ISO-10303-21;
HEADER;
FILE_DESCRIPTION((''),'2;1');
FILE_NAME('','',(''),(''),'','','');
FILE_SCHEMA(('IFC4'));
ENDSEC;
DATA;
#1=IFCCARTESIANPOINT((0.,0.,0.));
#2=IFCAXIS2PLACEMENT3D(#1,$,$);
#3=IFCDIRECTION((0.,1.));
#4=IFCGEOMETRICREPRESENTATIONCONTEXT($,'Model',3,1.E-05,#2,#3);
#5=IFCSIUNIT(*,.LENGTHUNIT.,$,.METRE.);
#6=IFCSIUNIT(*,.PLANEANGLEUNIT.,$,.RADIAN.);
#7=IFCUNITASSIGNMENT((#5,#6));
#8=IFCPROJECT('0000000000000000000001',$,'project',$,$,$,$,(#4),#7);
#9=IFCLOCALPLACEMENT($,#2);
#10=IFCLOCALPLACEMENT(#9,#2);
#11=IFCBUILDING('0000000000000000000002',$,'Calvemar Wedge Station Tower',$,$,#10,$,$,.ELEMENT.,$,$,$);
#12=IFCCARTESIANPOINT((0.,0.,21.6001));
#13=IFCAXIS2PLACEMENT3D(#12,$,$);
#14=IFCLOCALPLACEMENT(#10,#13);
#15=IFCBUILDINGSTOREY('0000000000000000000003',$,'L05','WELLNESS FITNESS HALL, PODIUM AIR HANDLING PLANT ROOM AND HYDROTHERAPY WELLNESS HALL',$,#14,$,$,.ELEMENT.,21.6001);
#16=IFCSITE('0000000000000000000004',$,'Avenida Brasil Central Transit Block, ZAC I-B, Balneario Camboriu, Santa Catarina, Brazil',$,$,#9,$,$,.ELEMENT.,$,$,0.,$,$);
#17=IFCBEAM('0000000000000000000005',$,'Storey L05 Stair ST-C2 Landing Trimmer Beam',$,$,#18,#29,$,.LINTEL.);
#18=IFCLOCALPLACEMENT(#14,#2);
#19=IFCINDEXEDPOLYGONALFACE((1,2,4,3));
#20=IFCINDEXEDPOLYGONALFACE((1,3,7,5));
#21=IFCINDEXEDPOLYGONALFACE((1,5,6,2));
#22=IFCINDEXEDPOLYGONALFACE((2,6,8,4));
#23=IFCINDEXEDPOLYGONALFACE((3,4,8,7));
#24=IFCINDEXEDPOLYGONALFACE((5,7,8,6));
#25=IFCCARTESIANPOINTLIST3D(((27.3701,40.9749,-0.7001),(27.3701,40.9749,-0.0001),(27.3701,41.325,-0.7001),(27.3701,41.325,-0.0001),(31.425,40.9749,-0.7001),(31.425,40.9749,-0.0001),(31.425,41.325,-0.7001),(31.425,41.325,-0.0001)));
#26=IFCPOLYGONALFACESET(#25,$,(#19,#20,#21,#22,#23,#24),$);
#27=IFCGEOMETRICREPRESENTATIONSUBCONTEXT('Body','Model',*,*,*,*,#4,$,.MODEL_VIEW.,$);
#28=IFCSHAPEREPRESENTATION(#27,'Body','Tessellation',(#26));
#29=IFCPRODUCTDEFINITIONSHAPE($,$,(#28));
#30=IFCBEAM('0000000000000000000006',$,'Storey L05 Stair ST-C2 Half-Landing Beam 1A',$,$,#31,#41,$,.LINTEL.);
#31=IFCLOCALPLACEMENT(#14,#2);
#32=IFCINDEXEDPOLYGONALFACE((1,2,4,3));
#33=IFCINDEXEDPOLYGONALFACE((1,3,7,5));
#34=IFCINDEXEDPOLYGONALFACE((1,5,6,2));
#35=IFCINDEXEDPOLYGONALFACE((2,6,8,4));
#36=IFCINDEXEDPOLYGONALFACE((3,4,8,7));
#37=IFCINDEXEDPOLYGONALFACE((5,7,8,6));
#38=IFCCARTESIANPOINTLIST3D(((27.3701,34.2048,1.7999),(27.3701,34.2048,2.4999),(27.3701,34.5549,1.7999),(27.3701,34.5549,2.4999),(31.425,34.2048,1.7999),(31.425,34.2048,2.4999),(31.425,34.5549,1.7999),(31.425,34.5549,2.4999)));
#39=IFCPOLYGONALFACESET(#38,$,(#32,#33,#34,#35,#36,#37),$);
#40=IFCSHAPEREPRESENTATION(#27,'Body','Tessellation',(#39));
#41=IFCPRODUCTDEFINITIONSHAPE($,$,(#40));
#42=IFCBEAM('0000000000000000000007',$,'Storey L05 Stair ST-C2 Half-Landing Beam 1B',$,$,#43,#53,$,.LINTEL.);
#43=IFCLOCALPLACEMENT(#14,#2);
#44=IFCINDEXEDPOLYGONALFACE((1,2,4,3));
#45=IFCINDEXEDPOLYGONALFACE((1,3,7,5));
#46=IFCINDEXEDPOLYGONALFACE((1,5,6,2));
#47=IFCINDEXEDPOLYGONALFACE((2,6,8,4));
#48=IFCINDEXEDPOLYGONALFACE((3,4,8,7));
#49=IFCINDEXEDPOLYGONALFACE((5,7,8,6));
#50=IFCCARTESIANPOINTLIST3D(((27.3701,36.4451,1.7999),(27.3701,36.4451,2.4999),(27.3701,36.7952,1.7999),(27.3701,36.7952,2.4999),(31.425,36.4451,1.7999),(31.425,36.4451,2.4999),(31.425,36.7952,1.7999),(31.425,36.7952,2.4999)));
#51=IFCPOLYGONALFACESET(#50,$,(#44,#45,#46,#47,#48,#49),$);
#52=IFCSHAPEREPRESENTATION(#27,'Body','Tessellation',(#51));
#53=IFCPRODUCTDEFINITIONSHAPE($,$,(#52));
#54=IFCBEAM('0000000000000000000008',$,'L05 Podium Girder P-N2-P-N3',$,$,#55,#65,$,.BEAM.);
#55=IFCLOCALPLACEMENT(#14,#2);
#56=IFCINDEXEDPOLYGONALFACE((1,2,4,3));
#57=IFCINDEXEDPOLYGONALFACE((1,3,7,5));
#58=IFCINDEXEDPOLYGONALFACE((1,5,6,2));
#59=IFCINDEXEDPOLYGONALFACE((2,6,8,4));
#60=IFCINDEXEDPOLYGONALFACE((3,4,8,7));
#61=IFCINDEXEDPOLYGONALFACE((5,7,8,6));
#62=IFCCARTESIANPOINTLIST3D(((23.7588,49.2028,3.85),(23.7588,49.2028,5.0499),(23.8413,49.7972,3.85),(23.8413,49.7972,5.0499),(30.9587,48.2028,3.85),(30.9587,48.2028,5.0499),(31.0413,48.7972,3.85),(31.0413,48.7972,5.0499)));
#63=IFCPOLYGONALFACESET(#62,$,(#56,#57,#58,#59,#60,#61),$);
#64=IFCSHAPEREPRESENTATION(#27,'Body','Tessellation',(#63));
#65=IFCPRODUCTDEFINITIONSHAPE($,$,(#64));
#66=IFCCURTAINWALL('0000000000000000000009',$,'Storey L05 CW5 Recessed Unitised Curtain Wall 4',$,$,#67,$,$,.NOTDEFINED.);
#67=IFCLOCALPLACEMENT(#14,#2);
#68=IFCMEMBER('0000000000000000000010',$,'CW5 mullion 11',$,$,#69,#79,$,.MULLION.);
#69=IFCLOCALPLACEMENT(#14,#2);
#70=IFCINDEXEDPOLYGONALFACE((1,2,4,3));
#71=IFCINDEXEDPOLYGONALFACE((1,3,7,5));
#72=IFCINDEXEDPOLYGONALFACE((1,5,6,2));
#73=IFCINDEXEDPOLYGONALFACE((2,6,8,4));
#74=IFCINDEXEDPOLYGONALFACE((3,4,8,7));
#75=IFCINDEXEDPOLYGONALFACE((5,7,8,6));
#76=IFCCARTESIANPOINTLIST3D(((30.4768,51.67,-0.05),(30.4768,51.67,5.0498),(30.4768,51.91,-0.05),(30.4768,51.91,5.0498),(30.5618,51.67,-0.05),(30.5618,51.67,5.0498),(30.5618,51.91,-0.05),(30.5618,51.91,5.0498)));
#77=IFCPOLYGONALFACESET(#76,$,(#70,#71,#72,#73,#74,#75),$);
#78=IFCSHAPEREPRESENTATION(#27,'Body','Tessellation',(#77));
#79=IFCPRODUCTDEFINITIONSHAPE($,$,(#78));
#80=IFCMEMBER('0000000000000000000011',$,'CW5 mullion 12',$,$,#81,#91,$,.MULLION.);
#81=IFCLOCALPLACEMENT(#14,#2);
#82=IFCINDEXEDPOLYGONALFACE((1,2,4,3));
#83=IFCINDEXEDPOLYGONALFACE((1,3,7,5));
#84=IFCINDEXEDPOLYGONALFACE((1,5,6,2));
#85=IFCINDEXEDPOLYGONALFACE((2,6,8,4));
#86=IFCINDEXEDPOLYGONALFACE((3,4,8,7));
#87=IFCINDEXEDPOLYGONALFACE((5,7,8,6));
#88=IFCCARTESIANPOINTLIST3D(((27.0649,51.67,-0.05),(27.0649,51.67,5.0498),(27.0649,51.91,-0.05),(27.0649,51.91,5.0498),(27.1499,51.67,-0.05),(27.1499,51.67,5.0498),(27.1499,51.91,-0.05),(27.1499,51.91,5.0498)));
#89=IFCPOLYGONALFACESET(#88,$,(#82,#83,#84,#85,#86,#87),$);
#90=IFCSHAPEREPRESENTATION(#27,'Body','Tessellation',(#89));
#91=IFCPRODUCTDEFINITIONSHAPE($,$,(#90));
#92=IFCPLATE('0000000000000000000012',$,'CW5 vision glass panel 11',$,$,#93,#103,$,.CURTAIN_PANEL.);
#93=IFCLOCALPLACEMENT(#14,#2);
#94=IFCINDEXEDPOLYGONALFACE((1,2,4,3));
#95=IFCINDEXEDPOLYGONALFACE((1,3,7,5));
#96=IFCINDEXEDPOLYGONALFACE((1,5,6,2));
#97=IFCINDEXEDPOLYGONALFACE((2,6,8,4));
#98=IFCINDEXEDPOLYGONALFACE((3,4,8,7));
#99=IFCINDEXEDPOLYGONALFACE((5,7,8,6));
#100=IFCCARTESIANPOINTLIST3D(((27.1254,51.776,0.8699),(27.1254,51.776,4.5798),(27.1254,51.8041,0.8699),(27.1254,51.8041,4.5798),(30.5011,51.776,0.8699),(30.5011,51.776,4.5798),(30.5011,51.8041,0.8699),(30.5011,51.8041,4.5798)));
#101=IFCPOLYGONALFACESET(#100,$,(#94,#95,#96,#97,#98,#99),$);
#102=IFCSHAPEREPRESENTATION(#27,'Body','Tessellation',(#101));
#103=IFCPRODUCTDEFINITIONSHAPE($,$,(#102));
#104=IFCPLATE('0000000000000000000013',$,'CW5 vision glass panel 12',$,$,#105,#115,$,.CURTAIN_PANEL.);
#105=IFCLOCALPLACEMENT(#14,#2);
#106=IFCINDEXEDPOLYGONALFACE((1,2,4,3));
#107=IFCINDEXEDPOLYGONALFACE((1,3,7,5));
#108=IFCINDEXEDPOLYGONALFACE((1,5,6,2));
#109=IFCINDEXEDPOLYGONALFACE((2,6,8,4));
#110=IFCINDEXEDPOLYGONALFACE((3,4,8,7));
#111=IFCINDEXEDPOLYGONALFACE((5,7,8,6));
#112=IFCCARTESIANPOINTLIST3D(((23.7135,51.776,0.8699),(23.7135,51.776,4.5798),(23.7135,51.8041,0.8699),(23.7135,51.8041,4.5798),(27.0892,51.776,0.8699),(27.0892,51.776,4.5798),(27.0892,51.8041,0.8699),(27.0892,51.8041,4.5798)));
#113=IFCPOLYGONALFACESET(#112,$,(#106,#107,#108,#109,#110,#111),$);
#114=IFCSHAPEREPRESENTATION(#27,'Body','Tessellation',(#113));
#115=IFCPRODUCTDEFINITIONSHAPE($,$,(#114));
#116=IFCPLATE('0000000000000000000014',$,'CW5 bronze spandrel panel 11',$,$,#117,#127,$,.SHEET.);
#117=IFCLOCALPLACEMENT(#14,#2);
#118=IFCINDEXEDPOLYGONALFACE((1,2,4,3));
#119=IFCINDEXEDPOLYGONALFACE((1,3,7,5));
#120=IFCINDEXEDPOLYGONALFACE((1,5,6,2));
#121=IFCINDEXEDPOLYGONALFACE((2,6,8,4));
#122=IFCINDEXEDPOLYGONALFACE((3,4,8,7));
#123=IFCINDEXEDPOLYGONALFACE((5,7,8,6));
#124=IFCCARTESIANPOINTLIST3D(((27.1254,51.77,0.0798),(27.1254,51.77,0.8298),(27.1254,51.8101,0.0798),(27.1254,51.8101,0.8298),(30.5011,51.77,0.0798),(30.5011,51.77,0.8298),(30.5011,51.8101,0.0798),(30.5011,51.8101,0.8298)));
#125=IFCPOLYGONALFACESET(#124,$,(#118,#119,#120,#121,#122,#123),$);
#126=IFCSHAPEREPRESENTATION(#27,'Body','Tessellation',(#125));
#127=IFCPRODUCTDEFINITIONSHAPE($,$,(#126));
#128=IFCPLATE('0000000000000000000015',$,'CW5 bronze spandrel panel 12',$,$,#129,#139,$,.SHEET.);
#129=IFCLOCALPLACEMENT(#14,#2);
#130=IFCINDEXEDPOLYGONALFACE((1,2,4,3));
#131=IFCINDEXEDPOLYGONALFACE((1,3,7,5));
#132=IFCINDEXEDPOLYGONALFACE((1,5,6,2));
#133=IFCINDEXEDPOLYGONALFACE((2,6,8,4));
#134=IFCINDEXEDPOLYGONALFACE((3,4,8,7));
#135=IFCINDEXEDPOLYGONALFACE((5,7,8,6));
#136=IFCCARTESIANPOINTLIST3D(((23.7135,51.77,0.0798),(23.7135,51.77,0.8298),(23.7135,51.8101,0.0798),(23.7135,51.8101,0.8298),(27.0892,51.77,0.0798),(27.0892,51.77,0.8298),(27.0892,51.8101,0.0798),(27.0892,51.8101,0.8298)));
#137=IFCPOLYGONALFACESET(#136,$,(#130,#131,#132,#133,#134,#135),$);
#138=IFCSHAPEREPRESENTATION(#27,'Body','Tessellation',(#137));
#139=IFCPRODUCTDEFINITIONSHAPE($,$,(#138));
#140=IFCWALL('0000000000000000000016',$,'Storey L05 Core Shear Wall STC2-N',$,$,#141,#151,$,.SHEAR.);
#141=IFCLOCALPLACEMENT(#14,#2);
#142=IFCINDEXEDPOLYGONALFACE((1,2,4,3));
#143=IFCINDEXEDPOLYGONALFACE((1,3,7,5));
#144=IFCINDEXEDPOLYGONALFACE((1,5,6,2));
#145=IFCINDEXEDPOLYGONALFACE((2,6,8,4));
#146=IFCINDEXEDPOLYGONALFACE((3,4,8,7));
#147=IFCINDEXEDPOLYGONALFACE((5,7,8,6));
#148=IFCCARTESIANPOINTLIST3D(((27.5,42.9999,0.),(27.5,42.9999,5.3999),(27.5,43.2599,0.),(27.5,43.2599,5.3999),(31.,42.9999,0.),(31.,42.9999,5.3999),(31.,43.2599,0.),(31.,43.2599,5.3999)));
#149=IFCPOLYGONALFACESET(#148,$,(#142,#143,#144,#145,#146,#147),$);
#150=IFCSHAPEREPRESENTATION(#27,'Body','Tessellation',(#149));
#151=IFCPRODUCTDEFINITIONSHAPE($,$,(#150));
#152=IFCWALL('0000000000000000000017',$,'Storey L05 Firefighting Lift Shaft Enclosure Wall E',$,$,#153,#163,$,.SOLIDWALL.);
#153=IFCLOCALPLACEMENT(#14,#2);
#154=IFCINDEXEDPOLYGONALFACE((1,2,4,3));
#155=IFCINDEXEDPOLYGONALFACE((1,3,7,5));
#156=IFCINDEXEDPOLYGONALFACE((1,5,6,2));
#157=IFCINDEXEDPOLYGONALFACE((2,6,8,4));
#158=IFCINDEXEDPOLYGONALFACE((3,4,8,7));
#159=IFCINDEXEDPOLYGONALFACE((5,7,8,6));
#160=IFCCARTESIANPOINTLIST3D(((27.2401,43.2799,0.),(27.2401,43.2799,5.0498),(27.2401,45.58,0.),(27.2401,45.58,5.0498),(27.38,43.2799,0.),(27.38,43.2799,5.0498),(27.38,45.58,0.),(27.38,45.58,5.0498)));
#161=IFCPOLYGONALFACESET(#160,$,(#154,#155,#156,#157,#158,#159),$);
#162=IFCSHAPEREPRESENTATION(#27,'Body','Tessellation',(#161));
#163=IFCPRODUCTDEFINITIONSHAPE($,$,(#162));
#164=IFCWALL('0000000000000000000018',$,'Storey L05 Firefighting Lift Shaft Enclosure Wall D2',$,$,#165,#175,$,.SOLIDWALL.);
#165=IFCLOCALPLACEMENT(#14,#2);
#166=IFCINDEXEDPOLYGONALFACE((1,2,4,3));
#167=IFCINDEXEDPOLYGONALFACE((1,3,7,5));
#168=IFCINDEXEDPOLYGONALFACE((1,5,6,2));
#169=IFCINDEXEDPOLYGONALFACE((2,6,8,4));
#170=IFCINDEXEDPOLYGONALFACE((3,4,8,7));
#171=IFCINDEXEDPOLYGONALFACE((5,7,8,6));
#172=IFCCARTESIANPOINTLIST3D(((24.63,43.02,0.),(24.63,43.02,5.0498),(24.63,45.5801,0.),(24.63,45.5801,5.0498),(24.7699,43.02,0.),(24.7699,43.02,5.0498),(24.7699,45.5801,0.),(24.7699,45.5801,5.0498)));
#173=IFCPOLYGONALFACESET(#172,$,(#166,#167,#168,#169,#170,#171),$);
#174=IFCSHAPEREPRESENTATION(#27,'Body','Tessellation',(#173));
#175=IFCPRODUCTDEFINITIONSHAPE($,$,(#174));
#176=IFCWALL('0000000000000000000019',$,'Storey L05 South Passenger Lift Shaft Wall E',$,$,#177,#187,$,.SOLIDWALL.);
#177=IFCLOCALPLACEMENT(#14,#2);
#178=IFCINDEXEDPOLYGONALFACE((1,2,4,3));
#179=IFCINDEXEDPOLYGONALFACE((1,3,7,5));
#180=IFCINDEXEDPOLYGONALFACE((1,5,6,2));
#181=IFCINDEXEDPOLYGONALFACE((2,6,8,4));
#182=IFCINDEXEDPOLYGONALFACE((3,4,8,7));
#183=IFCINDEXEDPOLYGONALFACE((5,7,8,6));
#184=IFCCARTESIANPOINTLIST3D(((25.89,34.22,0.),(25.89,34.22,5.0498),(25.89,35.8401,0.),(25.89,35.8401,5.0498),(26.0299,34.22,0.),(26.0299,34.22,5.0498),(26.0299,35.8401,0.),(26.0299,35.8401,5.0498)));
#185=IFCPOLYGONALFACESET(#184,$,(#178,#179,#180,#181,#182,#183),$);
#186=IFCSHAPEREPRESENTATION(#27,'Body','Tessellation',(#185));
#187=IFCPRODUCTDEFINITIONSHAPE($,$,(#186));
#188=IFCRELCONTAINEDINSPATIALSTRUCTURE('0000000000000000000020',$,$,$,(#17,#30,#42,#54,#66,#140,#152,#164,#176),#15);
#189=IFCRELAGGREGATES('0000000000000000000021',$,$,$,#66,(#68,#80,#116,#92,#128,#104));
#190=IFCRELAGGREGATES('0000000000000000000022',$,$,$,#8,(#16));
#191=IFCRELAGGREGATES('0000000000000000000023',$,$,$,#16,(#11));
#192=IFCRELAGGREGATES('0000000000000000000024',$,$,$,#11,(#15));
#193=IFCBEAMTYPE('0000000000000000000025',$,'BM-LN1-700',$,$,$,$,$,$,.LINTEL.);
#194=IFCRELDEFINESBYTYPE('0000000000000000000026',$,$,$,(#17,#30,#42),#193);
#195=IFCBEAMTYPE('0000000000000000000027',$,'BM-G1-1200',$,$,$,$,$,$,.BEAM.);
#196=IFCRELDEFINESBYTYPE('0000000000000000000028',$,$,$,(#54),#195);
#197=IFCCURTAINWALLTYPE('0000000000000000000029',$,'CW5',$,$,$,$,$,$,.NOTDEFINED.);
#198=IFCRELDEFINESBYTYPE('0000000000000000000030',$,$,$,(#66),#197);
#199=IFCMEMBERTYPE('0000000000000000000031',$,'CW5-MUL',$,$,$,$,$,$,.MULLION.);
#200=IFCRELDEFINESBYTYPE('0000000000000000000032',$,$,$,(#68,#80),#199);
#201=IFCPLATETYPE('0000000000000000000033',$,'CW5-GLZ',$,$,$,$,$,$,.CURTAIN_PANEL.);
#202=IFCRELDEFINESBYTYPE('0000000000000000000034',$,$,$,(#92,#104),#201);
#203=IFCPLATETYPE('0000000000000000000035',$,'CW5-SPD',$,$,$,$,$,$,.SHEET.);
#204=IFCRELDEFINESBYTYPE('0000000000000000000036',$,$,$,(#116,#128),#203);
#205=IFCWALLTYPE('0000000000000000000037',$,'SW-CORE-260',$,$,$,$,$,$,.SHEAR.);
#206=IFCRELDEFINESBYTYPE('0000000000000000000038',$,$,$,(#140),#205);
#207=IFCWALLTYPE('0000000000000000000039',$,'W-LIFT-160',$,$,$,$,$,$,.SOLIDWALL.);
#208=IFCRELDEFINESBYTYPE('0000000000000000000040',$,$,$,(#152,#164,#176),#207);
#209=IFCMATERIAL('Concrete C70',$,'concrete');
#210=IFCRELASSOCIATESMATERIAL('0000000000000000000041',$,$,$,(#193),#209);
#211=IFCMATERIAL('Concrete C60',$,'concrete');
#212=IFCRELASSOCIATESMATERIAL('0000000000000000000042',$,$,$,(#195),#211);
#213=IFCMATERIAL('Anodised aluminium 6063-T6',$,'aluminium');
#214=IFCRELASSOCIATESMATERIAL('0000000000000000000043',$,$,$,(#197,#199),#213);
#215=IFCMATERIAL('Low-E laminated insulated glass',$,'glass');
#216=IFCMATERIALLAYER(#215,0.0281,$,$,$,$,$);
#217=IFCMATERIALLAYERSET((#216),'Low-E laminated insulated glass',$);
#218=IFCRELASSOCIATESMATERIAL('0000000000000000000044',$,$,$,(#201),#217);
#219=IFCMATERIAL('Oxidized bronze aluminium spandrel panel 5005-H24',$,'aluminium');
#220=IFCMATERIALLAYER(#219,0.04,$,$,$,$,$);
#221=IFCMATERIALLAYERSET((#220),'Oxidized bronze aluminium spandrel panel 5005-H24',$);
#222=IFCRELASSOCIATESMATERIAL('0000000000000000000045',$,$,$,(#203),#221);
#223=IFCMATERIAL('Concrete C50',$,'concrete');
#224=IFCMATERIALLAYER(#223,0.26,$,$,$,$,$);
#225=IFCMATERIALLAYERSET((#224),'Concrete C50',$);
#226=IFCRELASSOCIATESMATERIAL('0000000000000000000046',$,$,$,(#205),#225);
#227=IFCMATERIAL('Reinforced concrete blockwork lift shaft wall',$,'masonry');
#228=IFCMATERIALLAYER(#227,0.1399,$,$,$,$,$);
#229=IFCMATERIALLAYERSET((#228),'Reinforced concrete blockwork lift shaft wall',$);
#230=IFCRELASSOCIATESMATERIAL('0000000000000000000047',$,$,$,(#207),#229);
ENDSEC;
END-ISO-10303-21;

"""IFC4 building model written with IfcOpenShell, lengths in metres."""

from ifc_helpers import new_model, si_unit, direction, frame, frame_2d, origin, origin_2d, place, context, subcontext, project, spatial, rectangle, extrude, source, transform, mapped, material, layer, layer_set, material_profile, profile_set, type_object, element, aggregate, save


model = new_model("IFC4")

# Units and contexts
model_context = context("Model", 3, precision=1e-05, world=origin(), true_north=direction((0.0, 1.0)))
body_context = subcontext(model_context, "Body", "Model", "MODEL_VIEW")
ifc_project = project(units=[si_unit("LENGTHUNIT", "METRE"), si_unit("PLANEANGLEUNIT", "RADIAN")], contexts=[model_context])

# Site, building, storey
site_placement = place(None, origin())
site = spatial("IfcSite", under=ifc_project, at=site_placement, Name="Avenida Brasil Central Transit Block, ZAC I-B, Balneario Camboriu, Santa Catarina, Brazil", CompositionType="ELEMENT", RefElevation=0.0)
building_placement = place(site_placement, origin())
building = spatial("IfcBuilding", under=site, at=building_placement, Name="Calvemar Wedge Station Tower", CompositionType="ELEMENT")
storey_placement = place(building_placement, frame((0.0, 0.0, 21.6001)))
storey = spatial("IfcBuildingStorey", under=building, at=storey_placement, Name="L05", Description="WELLNESS FITNESS HALL, PODIUM AIR HANDLING PLANT ROOM AND HYDROTHERAPY WELLNESS HALL", CompositionType="ELEMENT", Elevation=21.6001)

# Beams
ifc_material_1 = material(Name="Concrete C70", Category="concrete")
ifc_material_profile_1 = material_profile(ifc_material_1, rectangle(XDim=0.3501, YDim=0.7, at=origin_2d()), Name="RC350x700")
ifc_profile_set_1 = profile_set([ifc_material_profile_1], Name="Concrete C70")
beam_type_1 = type_object("IfcBeamType", Name="BM-LN1-700", PredefinedType="LINTEL", material=ifc_profile_set_1)
shared_shape_1 = source(origin(), body_context, "Body", "SweptSolid", [
    extrude(rectangle(XDim=0.3501, YDim=0.7, at=origin_2d()), origin(), (0.0, 0.0, 1.0), 4.0549),
])
for number, where, z_axis, x_axis, name in (
    (1, (27.3701, 41.1499, -0.3501), (1.0, 0.0, 0.0), (0.0, 1.0, 0.0), "Storey L05 Stair ST-C2 Landing Trimmer Beam"),
    (2, (27.3701, 34.3799, 2.1499), (1.0, 0.0, 0.0), (0.0, 1.0, 0.0), "Storey L05 Stair ST-C2 Half-Landing Beam 1A"),
    (3, (27.3701, 36.6201, 2.1499), (1.0, 0.0, 0.0), (0.0, 1.0, 0.0), "Storey L05 Stair ST-C2 Half-Landing Beam 1B"),
):
    element("IfcBeam", number, at=place(storey_placement, frame(where, z_axis=z_axis, x_axis=x_axis)), inside=storey, type_object=beam_type_1, Name=name, PredefinedType="LINTEL", context=body_context, shape_type="MappedRepresentation", body=[
        mapped(shared_shape_1, transform((0.0, 0.0, 0.0), scale=1.0)),
    ])
ifc_material_2 = material(Name="Concrete C60", Category="concrete")
ifc_material_profile_2 = material_profile(ifc_material_2, rectangle(XDim=0.6001, YDim=1.2, at=origin_2d()), Name="RC600x1200")
ifc_profile_set_2 = profile_set([ifc_material_profile_2], Name="Concrete C60")
beam_type_2 = type_object("IfcBeamType", Name="BM-G1-1200", PredefinedType="BEAM", material=ifc_profile_set_2)
shared_shape_2 = source(origin(), body_context, "Body", "SweptSolid", [
    extrude(rectangle(XDim=0.6001, YDim=1.2, at=origin_2d()), origin(), (0.0, 0.0, 1.0), 7.269),
])
beam_placement = place(storey_placement, frame((23.8, 49.5, 4.45), z_axis=(0.990492, -0.137569, 0.0), x_axis=(0.137569, 0.990492, 0.0)))
element("IfcBeam", 4, at=beam_placement, inside=storey, type_object=beam_type_2, Name="L05 Podium Girder P-N2-P-N3", PredefinedType="BEAM", context=body_context, shape_type="MappedRepresentation", body=[
    mapped(shared_shape_2, transform((0.0, 0.0, 0.0), scale=1.0)),
])

# Curtain wall, members, plates
ifc_material_3 = material(Name="Anodised aluminium 6063-T6", Category="aluminium")
curtain_wall_type = type_object("IfcCurtainWallType", Name="CW5", PredefinedType="NOTDEFINED", material=ifc_material_3)
curtain_wall_placement = place(storey_placement, origin())
curtain_wall = element("IfcCurtainWall", 5, at=curtain_wall_placement, inside=storey, type_object=curtain_wall_type, Name="Storey L05 CW5 Recessed Unitised Curtain Wall 4", PredefinedType="NOTDEFINED")
ifc_material_profile_3 = material_profile(ifc_material_3, rectangle(XDim=0.085, YDim=0.24, at=origin_2d()), Name="AL-MUL-85x240")
ifc_profile_set_3 = profile_set([ifc_material_profile_3], Name="Anodised aluminium 6063-T6")
member_type = type_object("IfcMemberType", Name="CW5-MUL", PredefinedType="MULLION", material=ifc_profile_set_3)
shared_shape_3 = source(origin(), body_context, "Body", "SweptSolid", [
    extrude(rectangle(XDim=0.085, YDim=0.24, at=origin_2d()), origin(), (0.0, 0.0, 1.0), 5.0999),
])
member_1_placement = place(storey_placement, frame((30.5193, 51.79, -0.05), z_axis=(0.0, 0.0, 1.0), x_axis=(1.0, 0.0, 0.0)))
member_1 = element("IfcMember", 6, at=member_1_placement, type_object=member_type, Name="CW5 mullion 11", PredefinedType="MULLION", context=body_context, shape_type="MappedRepresentation", body=[
    mapped(shared_shape_3, transform((0.0, 0.0, 0.0), scale=1.0)),
])
member_2_placement = place(storey_placement, frame((27.1074, 51.79, -0.05), z_axis=(0.0, 0.0, 1.0), x_axis=(1.0, 0.0, 0.0)))
member_2 = element("IfcMember", 7, at=member_2_placement, type_object=member_type, Name="CW5 mullion 12", PredefinedType="MULLION", context=body_context, shape_type="MappedRepresentation", body=[
    mapped(shared_shape_3, transform((0.0, 0.0, 0.0), scale=1.0)),
])
ifc_material_4 = material(Name="Low-E laminated insulated glass", Category="glass")
ifc_layer_1 = layer(ifc_material_4, 0.0281)
ifc_layer_set_1 = layer_set([ifc_layer_1], Name="Low-E laminated insulated glass")
plate_type_1 = type_object("IfcPlateType", Name="CW5-GLZ", PredefinedType="CURTAIN_PANEL", material=ifc_layer_set_1)
plate_1_placement = place(storey_placement, frame((30.5012, 51.79, 0.8699), z_axis=(0.0, 0.0, 1.0), x_axis=(-1.0, 0.0, 0.0)))
plate_1 = element("IfcPlate", 8, at=plate_1_placement, type_object=plate_type_1, Name="CW5 vision glass panel 11", PredefinedType="CURTAIN_PANEL", context=body_context, shape_type="SweptSolid", body=[
    extrude(rectangle(XDim=3.3757, YDim=0.0281, at=frame_2d((1.688, 0.0))), origin(), (0.0, 0.0, 1.0), 3.71),
])
plate_2_placement = place(storey_placement, frame((27.0894, 51.79, 0.8699), z_axis=(0.0, 0.0, 1.0), x_axis=(-1.0, 0.0, 0.0)))
plate_2 = element("IfcPlate", 9, at=plate_2_placement, type_object=plate_type_1, Name="CW5 vision glass panel 12", PredefinedType="CURTAIN_PANEL", context=body_context, shape_type="SweptSolid", body=[
    extrude(rectangle(XDim=3.3757, YDim=0.0281, at=frame_2d((1.688, 0.0))), origin(), (0.0, 0.0, 1.0), 3.71),
])
ifc_material_5 = material(Name="Oxidized bronze aluminium spandrel panel 5005-H24", Category="aluminium")
ifc_layer_2 = layer(ifc_material_5, 0.04)
ifc_layer_set_2 = layer_set([ifc_layer_2], Name="Oxidized bronze aluminium spandrel panel 5005-H24")
plate_type_2 = type_object("IfcPlateType", Name="CW5-SPD", PredefinedType="SHEET", material=ifc_layer_set_2)
plate_3_placement = place(storey_placement, frame((30.5012, 51.79, 0.0798), z_axis=(0.0, 0.0, 1.0), x_axis=(-1.0, 0.0, 0.0)))
plate_3 = element("IfcPlate", 10, at=plate_3_placement, type_object=plate_type_2, Name="CW5 bronze spandrel panel 11", PredefinedType="SHEET", context=body_context, shape_type="SweptSolid", body=[
    extrude(rectangle(XDim=3.3757, YDim=0.04, at=frame_2d((1.688, 0.0))), origin(), (0.0, 0.0, 1.0), 0.75),
])
plate_4_placement = place(storey_placement, frame((27.0894, 51.79, 0.0798), z_axis=(0.0, 0.0, 1.0), x_axis=(-1.0, 0.0, 0.0)))
plate_4 = element("IfcPlate", 11, at=plate_4_placement, type_object=plate_type_2, Name="CW5 bronze spandrel panel 12", PredefinedType="SHEET", context=body_context, shape_type="SweptSolid", body=[
    extrude(rectangle(XDim=3.3757, YDim=0.04, at=frame_2d((1.688, 0.0))), origin(), (0.0, 0.0, 1.0), 0.75),
])
aggregate(curtain_wall, [member_1, member_2, plate_3, plate_1, plate_4, plate_2])

# Wall
ifc_material_6 = material(Name="Concrete C50", Category="concrete")
ifc_layer_3 = layer(ifc_material_6, 0.26)
ifc_layer_set_3 = layer_set([ifc_layer_3], Name="Concrete C50")
wall_type_1 = type_object("IfcWallType", Name="SW-CORE-260", PredefinedType="SHEAR", material=ifc_layer_set_3)
wall_1_placement = place(storey_placement, frame((27.5, 43.1299, 0.0), z_axis=(0.0, 0.0, 1.0), x_axis=(1.0, 0.0, 0.0)))
element("IfcWall", 12, at=wall_1_placement, inside=storey, type_object=wall_type_1, Name="Storey L05 Core Shear Wall STC2-N", PredefinedType="SHEAR", context=body_context, shape_type="SweptSolid", body=[
    extrude(rectangle(XDim=3.5, YDim=0.26, at=frame_2d((1.75, 0.0))), origin(), (0.0, 0.0, 1.0), 5.3999),
])

# Walls
ifc_material_7 = material(Name="Reinforced concrete blockwork lift shaft wall", Category="masonry")
ifc_layer_4 = layer(ifc_material_7, 0.1399)
ifc_layer_set_4 = layer_set([ifc_layer_4], Name="Reinforced concrete blockwork lift shaft wall")
wall_type_2 = type_object("IfcWallType", Name="W-LIFT-160", PredefinedType="SOLIDWALL", material=ifc_layer_set_4)
wall_2_placement = place(storey_placement, frame((27.3101, 43.28, 0.0), z_axis=(0.0, 0.0, 1.0), x_axis=(0.0, 1.0, 0.0)))
element("IfcWall", 13, at=wall_2_placement, inside=storey, type_object=wall_type_2, Name="Storey L05 Firefighting Lift Shaft Enclosure Wall E", PredefinedType="SOLIDWALL", context=body_context, shape_type="SweptSolid", body=[
    extrude(rectangle(XDim=2.3, YDim=0.1399, at=frame_2d((1.1499, 0.0))), origin(), (0.0, 0.0, 1.0), 5.0498),
])
wall_3_placement = place(storey_placement, frame((24.7, 43.02, 0.0), z_axis=(0.0, 0.0, 1.0), x_axis=(0.0, 1.0, 0.0)))
element("IfcWall", 14, at=wall_3_placement, inside=storey, type_object=wall_type_2, Name="Storey L05 Firefighting Lift Shaft Enclosure Wall D2", PredefinedType="SOLIDWALL", context=body_context, shape_type="SweptSolid", body=[
    extrude(rectangle(XDim=2.5601, YDim=0.1399, at=frame_2d((1.28, 0.0))), origin(), (0.0, 0.0, 1.0), 5.0498),
])
wall_4_placement = place(storey_placement, frame((25.96, 34.22, 0.0), z_axis=(0.0, 0.0, 1.0), x_axis=(0.0, 1.0, 0.0)))
element("IfcWall", 15, at=wall_4_placement, inside=storey, type_object=wall_type_2, Name="Storey L05 South Passenger Lift Shaft Wall E", PredefinedType="SOLIDWALL", context=body_context, shape_type="SweptSolid", body=[
    extrude(rectangle(XDim=1.6201, YDim=0.1399, at=frame_2d((0.8101, 0.0))), origin(), (0.0, 0.0, 1.0), 5.0498),
])

save(model, "model.ifc")
